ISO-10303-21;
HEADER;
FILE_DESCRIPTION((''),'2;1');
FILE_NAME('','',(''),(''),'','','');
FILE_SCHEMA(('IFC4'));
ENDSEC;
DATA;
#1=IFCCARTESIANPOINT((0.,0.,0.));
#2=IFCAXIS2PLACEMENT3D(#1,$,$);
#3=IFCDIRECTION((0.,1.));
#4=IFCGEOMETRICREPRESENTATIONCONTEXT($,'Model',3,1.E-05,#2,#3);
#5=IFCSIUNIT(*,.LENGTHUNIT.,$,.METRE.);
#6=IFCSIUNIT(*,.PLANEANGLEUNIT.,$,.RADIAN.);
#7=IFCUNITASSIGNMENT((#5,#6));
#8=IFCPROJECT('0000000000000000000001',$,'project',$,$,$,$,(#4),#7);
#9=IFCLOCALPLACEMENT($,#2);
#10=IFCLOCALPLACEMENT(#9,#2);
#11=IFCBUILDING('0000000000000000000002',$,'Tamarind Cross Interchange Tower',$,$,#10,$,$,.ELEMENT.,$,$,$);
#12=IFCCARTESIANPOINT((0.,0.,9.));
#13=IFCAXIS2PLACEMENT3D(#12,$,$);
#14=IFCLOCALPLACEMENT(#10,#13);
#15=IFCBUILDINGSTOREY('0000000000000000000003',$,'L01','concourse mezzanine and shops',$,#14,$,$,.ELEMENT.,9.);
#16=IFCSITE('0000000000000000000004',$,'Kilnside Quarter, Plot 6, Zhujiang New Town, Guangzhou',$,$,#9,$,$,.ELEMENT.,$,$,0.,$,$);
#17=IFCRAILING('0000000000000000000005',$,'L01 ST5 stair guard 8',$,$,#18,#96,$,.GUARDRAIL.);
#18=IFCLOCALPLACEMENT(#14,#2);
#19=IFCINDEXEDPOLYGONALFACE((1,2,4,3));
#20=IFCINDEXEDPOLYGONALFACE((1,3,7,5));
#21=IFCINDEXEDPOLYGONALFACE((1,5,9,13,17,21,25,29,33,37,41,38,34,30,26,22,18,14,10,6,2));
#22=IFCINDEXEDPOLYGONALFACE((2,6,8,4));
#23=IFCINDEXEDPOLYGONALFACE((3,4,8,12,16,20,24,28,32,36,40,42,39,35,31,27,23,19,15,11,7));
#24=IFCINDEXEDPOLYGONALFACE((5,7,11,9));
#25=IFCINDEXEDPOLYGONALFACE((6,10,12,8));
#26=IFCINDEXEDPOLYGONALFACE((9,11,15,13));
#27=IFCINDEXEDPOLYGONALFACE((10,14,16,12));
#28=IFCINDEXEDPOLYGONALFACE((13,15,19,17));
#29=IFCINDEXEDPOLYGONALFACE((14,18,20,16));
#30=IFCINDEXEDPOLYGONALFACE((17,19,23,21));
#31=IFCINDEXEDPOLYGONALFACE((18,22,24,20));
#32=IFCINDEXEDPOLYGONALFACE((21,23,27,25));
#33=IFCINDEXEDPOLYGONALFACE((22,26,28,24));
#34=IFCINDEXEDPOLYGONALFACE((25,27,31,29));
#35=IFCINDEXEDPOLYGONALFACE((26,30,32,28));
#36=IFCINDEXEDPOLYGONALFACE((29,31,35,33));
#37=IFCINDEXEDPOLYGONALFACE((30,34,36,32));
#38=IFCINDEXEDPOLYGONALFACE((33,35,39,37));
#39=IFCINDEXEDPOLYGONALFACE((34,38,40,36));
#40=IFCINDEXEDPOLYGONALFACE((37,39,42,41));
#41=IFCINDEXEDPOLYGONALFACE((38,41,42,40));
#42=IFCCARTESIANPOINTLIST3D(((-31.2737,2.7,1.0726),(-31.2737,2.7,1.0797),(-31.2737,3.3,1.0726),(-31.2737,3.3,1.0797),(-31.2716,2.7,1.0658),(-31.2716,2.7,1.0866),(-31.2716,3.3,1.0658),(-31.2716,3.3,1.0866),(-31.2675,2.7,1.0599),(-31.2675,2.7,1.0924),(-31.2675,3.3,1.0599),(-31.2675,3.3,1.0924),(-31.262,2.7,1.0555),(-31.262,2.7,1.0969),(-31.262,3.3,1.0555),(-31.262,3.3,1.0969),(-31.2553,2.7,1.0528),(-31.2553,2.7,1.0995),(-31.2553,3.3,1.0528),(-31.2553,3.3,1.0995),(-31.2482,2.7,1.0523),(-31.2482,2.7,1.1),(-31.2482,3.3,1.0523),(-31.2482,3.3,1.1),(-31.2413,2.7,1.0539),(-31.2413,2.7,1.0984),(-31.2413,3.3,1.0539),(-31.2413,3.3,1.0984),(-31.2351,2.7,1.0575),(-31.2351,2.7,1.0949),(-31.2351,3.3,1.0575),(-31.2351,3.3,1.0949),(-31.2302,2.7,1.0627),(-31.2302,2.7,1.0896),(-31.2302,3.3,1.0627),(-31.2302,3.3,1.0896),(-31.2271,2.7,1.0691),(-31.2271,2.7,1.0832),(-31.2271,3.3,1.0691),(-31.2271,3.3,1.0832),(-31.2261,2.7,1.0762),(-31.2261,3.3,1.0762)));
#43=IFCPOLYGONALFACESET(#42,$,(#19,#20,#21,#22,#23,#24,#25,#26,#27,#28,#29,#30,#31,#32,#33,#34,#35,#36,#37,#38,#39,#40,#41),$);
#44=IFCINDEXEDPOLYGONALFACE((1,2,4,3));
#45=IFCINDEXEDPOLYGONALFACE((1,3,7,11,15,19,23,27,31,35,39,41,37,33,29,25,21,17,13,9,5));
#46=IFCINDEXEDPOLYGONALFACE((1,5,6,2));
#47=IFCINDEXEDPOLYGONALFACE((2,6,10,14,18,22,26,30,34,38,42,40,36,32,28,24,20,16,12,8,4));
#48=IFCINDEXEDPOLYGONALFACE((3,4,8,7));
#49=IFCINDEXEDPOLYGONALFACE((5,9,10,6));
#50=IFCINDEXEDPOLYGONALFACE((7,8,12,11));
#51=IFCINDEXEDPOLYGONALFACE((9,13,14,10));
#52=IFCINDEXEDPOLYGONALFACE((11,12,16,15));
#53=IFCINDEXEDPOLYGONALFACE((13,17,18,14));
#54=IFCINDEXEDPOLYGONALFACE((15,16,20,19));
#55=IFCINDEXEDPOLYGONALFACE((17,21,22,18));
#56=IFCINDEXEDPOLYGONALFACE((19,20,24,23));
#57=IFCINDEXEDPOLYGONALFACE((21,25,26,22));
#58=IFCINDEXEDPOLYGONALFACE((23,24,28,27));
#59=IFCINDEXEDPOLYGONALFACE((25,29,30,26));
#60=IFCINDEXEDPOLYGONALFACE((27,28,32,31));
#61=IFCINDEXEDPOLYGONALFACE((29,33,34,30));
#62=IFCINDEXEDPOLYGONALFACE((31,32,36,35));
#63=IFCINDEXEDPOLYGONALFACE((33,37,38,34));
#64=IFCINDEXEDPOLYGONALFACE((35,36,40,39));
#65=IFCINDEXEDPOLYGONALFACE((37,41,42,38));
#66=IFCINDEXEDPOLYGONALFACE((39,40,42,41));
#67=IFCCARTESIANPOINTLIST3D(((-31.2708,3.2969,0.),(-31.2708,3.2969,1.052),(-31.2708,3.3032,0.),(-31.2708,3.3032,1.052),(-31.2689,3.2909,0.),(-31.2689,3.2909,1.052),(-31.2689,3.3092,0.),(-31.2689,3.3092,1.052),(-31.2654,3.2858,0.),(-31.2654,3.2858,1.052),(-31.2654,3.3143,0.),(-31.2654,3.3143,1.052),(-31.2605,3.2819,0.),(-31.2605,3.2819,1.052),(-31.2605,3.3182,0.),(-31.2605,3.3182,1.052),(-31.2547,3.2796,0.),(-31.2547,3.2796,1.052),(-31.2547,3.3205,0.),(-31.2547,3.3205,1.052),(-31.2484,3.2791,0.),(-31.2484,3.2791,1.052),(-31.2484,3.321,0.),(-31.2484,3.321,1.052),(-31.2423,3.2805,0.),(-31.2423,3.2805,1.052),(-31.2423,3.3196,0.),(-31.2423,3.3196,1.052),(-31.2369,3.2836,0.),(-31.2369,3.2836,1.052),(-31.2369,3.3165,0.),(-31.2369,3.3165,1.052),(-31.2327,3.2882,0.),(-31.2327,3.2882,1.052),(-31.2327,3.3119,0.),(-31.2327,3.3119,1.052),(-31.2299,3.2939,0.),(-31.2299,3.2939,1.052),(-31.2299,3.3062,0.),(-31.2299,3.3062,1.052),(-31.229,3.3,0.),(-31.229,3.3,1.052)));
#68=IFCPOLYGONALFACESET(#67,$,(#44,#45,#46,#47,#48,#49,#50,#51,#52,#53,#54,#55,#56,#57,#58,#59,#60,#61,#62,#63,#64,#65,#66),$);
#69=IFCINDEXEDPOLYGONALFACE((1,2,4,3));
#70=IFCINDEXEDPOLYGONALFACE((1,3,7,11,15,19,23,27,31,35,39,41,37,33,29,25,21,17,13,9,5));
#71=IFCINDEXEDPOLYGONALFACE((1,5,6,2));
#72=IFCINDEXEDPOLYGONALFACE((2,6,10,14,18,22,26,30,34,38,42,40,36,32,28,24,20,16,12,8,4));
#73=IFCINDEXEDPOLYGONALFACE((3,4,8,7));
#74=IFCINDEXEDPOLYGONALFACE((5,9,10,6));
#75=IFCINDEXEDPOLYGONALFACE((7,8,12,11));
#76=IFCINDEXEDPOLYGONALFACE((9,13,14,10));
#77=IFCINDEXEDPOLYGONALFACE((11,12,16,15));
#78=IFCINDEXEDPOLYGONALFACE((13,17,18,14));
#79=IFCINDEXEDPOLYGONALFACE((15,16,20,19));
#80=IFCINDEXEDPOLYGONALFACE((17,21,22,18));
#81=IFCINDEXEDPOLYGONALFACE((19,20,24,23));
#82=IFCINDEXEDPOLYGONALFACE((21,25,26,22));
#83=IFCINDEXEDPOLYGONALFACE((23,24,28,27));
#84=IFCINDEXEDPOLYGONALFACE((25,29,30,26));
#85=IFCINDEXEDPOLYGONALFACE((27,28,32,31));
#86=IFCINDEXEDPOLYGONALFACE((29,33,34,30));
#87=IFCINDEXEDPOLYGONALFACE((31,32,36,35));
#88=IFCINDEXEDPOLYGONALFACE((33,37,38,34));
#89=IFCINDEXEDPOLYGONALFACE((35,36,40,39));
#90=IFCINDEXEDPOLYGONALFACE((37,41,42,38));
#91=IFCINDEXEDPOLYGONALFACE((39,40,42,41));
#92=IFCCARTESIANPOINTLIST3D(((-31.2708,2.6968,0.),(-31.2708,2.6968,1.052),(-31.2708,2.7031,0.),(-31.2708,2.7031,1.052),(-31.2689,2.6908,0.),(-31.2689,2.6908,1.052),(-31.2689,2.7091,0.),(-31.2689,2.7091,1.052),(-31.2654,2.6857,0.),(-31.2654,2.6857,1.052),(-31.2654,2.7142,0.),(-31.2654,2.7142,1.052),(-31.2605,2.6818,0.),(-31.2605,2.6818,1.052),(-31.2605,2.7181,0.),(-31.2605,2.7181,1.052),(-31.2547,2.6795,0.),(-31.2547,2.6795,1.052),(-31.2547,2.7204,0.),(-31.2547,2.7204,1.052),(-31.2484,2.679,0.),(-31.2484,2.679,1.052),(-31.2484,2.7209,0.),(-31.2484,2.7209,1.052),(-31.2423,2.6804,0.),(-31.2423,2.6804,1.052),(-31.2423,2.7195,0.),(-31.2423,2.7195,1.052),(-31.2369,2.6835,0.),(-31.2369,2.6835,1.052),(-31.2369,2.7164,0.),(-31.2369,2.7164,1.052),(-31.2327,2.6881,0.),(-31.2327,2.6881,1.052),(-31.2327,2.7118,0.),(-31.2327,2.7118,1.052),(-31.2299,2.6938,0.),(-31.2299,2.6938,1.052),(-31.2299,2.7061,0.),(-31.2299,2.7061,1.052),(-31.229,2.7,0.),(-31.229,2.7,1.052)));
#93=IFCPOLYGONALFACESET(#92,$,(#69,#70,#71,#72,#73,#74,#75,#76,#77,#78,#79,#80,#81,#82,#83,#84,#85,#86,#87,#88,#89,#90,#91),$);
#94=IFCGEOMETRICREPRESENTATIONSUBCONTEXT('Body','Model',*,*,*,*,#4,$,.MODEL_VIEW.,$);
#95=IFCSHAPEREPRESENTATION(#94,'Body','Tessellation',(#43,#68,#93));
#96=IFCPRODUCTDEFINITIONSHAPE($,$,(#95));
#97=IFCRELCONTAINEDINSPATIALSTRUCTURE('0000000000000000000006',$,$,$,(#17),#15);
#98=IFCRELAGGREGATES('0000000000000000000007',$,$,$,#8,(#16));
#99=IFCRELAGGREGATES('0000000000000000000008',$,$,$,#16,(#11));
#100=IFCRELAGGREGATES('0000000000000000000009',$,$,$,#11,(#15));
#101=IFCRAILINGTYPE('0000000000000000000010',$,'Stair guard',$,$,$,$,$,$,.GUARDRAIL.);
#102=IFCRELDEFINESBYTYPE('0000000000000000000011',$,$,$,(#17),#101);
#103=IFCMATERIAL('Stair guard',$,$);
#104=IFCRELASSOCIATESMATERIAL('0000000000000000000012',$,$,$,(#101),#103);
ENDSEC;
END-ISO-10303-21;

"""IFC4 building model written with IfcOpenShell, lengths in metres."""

from ifc_helpers import new_model, si_unit, direction, frame, origin, origin_2d, place, context, subcontext, project, spatial, circle, extrude, material, type_object, element, save


model = new_model("IFC4")

# Units and contexts
model_context = context("Model", 3, precision=1e-05, world=origin(), true_north=direction((0.0, 1.0)))
body_context = subcontext(model_context, "Body", "Model", "MODEL_VIEW")
ifc_project = project(units=[si_unit("LENGTHUNIT", "METRE"), si_unit("PLANEANGLEUNIT", "RADIAN")], contexts=[model_context])

# Site, building, storey
site_placement = place(None, origin())
site = spatial("IfcSite", under=ifc_project, at=site_placement, Name="Kilnside Quarter, Plot 6, Zhujiang New Town, Guangzhou", CompositionType="ELEMENT", RefElevation=0.0)
building_placement = place(site_placement, origin())
building = spatial("IfcBuilding", under=site, at=building_placement, Name="Tamarind Cross Interchange Tower", CompositionType="ELEMENT")
storey_placement = place(building_placement, frame((0.0, 0.0, 9.0)))
storey = spatial("IfcBuildingStorey", under=building, at=storey_placement, Name="L01", Description="concourse mezzanine and shops", CompositionType="ELEMENT", Elevation=9.0)

# Railing
ifc_material_1 = material(Name="Stair guard")
railing_type_1 = type_object("IfcRailingType", Name="Stair guard", PredefinedType="GUARDRAIL", material=ifc_material_1)
railing_1_placement = place(storey_placement, frame((-31.25, 3.3, 0.0)))
element("IfcRailing", 1, at=railing_1_placement, inside=storey, type_object=railing_type_1, Name="L01 ST5 stair guard 8", PredefinedType="GUARDRAIL", context=body_context, shape_type="SweptSolid", body=[
    extrude(circle(Radius=0.0239, at=origin_2d()), frame((0.0, 0.0, 1.0762), z_axis=(0.0, -1.0, 0.0), x_axis=(1.0, 0.0, 0.0)), (0.0, 0.0, 1.0), 0.6001),
    extrude(circle(Radius=0.021, at=origin_2d()), origin(), (0.0, 0.0, 1.0), 1.052),
    extrude(circle(Radius=0.021, at=origin_2d()), frame((0.0, -0.6001, 0.0)), (0.0, 0.0, 1.0), 1.052),
])

save(model, "model.ifc")
